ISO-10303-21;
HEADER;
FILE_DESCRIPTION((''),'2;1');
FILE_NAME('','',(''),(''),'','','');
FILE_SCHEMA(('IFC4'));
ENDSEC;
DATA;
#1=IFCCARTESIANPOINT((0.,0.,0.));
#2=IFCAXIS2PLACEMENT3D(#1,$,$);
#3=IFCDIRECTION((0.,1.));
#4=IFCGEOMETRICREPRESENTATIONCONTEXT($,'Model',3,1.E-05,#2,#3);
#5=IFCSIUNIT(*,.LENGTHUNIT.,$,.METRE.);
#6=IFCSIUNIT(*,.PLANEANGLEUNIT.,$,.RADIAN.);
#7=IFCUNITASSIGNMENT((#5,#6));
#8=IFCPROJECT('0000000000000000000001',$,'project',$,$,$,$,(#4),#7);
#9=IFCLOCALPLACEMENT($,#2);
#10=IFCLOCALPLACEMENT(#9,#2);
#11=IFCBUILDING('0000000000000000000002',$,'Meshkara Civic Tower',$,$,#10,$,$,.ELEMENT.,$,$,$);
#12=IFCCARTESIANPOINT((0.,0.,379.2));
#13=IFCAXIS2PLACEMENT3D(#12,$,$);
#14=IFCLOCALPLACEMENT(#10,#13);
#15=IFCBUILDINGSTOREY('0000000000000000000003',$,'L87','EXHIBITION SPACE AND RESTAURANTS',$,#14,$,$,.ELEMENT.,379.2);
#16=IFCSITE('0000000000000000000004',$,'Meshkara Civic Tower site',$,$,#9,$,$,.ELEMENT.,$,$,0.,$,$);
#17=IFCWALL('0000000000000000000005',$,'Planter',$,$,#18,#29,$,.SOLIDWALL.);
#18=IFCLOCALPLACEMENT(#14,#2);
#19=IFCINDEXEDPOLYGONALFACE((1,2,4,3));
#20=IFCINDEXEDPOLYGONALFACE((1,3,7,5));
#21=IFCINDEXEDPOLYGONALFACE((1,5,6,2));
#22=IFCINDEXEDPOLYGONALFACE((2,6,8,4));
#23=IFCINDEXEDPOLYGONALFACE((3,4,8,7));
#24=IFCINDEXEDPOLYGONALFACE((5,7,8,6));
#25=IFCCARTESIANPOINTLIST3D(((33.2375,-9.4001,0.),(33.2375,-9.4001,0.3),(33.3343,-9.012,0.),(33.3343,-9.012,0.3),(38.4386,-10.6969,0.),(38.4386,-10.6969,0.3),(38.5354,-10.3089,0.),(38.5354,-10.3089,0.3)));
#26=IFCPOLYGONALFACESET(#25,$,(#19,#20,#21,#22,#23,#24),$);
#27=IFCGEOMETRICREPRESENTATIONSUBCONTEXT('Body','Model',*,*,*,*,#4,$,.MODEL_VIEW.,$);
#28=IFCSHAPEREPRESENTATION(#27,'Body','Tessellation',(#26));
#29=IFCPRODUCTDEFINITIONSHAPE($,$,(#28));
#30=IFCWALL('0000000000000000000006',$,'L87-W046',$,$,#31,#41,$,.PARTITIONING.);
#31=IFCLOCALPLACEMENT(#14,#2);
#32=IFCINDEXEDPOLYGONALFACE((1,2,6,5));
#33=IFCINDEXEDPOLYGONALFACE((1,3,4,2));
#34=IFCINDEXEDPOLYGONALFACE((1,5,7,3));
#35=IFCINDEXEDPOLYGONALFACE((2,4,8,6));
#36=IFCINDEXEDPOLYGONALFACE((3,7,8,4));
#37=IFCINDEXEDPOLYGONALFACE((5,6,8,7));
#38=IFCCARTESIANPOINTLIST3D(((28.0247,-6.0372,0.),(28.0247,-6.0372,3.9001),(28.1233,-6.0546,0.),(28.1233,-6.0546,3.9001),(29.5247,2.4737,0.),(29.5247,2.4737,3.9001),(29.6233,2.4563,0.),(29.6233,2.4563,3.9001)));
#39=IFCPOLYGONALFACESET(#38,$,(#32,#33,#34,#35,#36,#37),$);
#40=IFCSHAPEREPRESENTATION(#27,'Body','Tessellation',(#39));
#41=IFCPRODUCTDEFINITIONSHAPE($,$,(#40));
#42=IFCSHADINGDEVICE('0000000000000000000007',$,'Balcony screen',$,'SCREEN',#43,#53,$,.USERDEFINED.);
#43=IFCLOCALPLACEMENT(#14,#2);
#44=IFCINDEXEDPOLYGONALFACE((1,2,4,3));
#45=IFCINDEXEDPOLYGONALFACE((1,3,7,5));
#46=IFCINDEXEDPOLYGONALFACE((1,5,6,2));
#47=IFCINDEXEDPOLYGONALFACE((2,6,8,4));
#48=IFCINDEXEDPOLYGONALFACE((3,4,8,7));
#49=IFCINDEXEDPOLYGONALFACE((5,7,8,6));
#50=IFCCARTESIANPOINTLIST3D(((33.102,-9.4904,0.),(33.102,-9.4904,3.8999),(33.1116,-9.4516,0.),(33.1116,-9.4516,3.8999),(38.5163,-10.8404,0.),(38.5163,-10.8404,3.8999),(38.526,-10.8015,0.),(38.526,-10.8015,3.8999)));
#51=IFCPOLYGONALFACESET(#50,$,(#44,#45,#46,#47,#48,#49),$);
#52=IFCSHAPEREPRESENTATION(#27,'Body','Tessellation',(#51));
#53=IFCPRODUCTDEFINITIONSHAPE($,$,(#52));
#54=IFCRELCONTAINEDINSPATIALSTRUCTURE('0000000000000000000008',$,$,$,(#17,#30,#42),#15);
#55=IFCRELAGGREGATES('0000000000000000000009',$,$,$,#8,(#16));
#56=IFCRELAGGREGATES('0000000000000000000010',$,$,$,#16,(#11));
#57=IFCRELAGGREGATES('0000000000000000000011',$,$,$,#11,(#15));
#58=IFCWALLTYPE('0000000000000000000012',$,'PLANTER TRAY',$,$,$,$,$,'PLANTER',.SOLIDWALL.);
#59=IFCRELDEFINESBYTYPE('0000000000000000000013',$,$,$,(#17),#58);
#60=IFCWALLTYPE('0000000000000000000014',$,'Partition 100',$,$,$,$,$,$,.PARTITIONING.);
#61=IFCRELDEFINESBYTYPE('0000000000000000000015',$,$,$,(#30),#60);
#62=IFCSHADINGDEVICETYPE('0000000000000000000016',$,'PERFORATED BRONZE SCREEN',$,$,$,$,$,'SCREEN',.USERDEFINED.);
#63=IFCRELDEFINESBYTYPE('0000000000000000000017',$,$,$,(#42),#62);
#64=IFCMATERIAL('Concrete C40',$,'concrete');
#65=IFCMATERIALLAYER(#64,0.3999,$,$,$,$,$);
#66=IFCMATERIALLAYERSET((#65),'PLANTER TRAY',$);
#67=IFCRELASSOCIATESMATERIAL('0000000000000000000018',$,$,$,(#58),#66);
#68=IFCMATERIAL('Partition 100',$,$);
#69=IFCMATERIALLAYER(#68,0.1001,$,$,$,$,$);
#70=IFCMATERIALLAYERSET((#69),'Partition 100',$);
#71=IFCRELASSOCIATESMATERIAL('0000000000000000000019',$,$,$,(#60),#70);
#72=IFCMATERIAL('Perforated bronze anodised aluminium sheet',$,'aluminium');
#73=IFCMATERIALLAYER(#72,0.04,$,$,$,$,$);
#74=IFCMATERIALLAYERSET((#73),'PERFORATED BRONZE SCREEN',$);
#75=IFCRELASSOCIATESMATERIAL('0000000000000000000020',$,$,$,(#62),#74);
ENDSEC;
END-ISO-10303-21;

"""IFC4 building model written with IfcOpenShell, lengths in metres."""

from ifc_helpers import new_model, si_unit, direction, frame, frame_2d, origin, origin_2d, place, context, subcontext, project, spatial, rectangle, extrude, material, layer, layer_set, type_object, element, save


model = new_model("IFC4")

# Units and contexts
model_context = context("Model", 3, precision=1e-05, world=origin(), true_north=direction((0.0, 1.0)))
body_context = subcontext(model_context, "Body", "Model", "MODEL_VIEW")
ifc_project = project(units=[si_unit("LENGTHUNIT", "METRE"), si_unit("PLANEANGLEUNIT", "RADIAN")], contexts=[model_context])

# Site, building, storey
site_placement = place(None, origin())
site = spatial("IfcSite", under=ifc_project, at=site_placement, Name="Meshkara Civic Tower site", CompositionType="ELEMENT", RefElevation=0.0)
building_placement = place(site_placement, origin())
building = spatial("IfcBuilding", under=site, at=building_placement, Name="Meshkara Civic Tower", CompositionType="ELEMENT")
storey_placement = place(building_placement, frame((0.0, 0.0, 379.2)))
storey = spatial("IfcBuildingStorey", under=building, at=storey_placement, Name="L87", Description="EXHIBITION SPACE AND RESTAURANTS", CompositionType="ELEMENT", Elevation=379.2)

# Walls
ifc_material_1 = material(Name="Concrete C40", Category="concrete")
ifc_layer_1 = layer(ifc_material_1, 0.3999)
ifc_layer_set_1 = layer_set([ifc_layer_1], Name="PLANTER TRAY")
wall_type_1 = type_object("IfcWallType", Name="PLANTER TRAY", ElementType="PLANTER", PredefinedType="SOLIDWALL", material=ifc_layer_set_1)
wall_1_placement = place(storey_placement, frame((33.2859, -9.2061, 0.0), z_axis=(0.0, 0.0, 1.0), x_axis=(0.970292, -0.241935, 0.0)))
element("IfcWall", 1, at=wall_1_placement, inside=storey, type_object=wall_type_1, Name="Planter", PredefinedType="SOLIDWALL", context=body_context, shape_type="SweptSolid", body=[
    extrude(rectangle(XDim=5.3604, YDim=0.3999, at=frame_2d((2.6802, 0.0))), origin(), (0.0, 0.0, 1.0), 0.3),
])
ifc_material_2 = material(Name="Partition 100")
ifc_layer_2 = layer(ifc_material_2, 0.1001)
ifc_layer_set_2 = layer_set([ifc_layer_2], Name="Partition 100")
wall_type_2 = type_object("IfcWallType", Name="Partition 100", PredefinedType="PARTITIONING", material=ifc_layer_set_2)
wall_2_placement = place(storey_placement, frame((28.074, -6.0459, 0.0), z_axis=(0.0, 0.0, 1.0), x_axis=(0.173568, 0.984822, 0.0)))
element("IfcWall", 2, at=wall_2_placement, inside=storey, type_object=wall_type_2, Name="L87-W046", PredefinedType="PARTITIONING", context=body_context, shape_type="SweptSolid", body=[
    extrude(rectangle(XDim=8.6421, YDim=0.1001, at=frame_2d((4.321, 0.0))), origin(), (0.0, 0.0, 1.0), 3.9001),
])

# Shading device
ifc_material_3 = material(Name="Perforated bronze anodised aluminium sheet", Category="aluminium")
ifc_layer_3 = layer(ifc_material_3, 0.04)
ifc_layer_set_3 = layer_set([ifc_layer_3], Name="PERFORATED BRONZE SCREEN")
shading_device_type = type_object("IfcShadingDeviceType", Name="PERFORATED BRONZE SCREEN", ElementType="SCREEN", PredefinedType="USERDEFINED", material=ifc_layer_set_3)
shading_device_placement = place(storey_placement, frame((35.814, -10.146, 0.0), z_axis=(0.0, 0.0, 1.0), x_axis=(0.970296, -0.241922, 0.0)))
element("IfcShadingDevice", 3, at=shading_device_placement, inside=storey, type_object=shading_device_type, Name="Balcony screen", ObjectType="SCREEN", PredefinedType="USERDEFINED", context=body_context, shape_type="SweptSolid", body=[
    extrude(rectangle(XDim=5.5801, YDim=0.04, at=origin_2d()), origin(), (0.0, 0.0, 1.0), 3.8999),
])

save(model, "model.ifc")
